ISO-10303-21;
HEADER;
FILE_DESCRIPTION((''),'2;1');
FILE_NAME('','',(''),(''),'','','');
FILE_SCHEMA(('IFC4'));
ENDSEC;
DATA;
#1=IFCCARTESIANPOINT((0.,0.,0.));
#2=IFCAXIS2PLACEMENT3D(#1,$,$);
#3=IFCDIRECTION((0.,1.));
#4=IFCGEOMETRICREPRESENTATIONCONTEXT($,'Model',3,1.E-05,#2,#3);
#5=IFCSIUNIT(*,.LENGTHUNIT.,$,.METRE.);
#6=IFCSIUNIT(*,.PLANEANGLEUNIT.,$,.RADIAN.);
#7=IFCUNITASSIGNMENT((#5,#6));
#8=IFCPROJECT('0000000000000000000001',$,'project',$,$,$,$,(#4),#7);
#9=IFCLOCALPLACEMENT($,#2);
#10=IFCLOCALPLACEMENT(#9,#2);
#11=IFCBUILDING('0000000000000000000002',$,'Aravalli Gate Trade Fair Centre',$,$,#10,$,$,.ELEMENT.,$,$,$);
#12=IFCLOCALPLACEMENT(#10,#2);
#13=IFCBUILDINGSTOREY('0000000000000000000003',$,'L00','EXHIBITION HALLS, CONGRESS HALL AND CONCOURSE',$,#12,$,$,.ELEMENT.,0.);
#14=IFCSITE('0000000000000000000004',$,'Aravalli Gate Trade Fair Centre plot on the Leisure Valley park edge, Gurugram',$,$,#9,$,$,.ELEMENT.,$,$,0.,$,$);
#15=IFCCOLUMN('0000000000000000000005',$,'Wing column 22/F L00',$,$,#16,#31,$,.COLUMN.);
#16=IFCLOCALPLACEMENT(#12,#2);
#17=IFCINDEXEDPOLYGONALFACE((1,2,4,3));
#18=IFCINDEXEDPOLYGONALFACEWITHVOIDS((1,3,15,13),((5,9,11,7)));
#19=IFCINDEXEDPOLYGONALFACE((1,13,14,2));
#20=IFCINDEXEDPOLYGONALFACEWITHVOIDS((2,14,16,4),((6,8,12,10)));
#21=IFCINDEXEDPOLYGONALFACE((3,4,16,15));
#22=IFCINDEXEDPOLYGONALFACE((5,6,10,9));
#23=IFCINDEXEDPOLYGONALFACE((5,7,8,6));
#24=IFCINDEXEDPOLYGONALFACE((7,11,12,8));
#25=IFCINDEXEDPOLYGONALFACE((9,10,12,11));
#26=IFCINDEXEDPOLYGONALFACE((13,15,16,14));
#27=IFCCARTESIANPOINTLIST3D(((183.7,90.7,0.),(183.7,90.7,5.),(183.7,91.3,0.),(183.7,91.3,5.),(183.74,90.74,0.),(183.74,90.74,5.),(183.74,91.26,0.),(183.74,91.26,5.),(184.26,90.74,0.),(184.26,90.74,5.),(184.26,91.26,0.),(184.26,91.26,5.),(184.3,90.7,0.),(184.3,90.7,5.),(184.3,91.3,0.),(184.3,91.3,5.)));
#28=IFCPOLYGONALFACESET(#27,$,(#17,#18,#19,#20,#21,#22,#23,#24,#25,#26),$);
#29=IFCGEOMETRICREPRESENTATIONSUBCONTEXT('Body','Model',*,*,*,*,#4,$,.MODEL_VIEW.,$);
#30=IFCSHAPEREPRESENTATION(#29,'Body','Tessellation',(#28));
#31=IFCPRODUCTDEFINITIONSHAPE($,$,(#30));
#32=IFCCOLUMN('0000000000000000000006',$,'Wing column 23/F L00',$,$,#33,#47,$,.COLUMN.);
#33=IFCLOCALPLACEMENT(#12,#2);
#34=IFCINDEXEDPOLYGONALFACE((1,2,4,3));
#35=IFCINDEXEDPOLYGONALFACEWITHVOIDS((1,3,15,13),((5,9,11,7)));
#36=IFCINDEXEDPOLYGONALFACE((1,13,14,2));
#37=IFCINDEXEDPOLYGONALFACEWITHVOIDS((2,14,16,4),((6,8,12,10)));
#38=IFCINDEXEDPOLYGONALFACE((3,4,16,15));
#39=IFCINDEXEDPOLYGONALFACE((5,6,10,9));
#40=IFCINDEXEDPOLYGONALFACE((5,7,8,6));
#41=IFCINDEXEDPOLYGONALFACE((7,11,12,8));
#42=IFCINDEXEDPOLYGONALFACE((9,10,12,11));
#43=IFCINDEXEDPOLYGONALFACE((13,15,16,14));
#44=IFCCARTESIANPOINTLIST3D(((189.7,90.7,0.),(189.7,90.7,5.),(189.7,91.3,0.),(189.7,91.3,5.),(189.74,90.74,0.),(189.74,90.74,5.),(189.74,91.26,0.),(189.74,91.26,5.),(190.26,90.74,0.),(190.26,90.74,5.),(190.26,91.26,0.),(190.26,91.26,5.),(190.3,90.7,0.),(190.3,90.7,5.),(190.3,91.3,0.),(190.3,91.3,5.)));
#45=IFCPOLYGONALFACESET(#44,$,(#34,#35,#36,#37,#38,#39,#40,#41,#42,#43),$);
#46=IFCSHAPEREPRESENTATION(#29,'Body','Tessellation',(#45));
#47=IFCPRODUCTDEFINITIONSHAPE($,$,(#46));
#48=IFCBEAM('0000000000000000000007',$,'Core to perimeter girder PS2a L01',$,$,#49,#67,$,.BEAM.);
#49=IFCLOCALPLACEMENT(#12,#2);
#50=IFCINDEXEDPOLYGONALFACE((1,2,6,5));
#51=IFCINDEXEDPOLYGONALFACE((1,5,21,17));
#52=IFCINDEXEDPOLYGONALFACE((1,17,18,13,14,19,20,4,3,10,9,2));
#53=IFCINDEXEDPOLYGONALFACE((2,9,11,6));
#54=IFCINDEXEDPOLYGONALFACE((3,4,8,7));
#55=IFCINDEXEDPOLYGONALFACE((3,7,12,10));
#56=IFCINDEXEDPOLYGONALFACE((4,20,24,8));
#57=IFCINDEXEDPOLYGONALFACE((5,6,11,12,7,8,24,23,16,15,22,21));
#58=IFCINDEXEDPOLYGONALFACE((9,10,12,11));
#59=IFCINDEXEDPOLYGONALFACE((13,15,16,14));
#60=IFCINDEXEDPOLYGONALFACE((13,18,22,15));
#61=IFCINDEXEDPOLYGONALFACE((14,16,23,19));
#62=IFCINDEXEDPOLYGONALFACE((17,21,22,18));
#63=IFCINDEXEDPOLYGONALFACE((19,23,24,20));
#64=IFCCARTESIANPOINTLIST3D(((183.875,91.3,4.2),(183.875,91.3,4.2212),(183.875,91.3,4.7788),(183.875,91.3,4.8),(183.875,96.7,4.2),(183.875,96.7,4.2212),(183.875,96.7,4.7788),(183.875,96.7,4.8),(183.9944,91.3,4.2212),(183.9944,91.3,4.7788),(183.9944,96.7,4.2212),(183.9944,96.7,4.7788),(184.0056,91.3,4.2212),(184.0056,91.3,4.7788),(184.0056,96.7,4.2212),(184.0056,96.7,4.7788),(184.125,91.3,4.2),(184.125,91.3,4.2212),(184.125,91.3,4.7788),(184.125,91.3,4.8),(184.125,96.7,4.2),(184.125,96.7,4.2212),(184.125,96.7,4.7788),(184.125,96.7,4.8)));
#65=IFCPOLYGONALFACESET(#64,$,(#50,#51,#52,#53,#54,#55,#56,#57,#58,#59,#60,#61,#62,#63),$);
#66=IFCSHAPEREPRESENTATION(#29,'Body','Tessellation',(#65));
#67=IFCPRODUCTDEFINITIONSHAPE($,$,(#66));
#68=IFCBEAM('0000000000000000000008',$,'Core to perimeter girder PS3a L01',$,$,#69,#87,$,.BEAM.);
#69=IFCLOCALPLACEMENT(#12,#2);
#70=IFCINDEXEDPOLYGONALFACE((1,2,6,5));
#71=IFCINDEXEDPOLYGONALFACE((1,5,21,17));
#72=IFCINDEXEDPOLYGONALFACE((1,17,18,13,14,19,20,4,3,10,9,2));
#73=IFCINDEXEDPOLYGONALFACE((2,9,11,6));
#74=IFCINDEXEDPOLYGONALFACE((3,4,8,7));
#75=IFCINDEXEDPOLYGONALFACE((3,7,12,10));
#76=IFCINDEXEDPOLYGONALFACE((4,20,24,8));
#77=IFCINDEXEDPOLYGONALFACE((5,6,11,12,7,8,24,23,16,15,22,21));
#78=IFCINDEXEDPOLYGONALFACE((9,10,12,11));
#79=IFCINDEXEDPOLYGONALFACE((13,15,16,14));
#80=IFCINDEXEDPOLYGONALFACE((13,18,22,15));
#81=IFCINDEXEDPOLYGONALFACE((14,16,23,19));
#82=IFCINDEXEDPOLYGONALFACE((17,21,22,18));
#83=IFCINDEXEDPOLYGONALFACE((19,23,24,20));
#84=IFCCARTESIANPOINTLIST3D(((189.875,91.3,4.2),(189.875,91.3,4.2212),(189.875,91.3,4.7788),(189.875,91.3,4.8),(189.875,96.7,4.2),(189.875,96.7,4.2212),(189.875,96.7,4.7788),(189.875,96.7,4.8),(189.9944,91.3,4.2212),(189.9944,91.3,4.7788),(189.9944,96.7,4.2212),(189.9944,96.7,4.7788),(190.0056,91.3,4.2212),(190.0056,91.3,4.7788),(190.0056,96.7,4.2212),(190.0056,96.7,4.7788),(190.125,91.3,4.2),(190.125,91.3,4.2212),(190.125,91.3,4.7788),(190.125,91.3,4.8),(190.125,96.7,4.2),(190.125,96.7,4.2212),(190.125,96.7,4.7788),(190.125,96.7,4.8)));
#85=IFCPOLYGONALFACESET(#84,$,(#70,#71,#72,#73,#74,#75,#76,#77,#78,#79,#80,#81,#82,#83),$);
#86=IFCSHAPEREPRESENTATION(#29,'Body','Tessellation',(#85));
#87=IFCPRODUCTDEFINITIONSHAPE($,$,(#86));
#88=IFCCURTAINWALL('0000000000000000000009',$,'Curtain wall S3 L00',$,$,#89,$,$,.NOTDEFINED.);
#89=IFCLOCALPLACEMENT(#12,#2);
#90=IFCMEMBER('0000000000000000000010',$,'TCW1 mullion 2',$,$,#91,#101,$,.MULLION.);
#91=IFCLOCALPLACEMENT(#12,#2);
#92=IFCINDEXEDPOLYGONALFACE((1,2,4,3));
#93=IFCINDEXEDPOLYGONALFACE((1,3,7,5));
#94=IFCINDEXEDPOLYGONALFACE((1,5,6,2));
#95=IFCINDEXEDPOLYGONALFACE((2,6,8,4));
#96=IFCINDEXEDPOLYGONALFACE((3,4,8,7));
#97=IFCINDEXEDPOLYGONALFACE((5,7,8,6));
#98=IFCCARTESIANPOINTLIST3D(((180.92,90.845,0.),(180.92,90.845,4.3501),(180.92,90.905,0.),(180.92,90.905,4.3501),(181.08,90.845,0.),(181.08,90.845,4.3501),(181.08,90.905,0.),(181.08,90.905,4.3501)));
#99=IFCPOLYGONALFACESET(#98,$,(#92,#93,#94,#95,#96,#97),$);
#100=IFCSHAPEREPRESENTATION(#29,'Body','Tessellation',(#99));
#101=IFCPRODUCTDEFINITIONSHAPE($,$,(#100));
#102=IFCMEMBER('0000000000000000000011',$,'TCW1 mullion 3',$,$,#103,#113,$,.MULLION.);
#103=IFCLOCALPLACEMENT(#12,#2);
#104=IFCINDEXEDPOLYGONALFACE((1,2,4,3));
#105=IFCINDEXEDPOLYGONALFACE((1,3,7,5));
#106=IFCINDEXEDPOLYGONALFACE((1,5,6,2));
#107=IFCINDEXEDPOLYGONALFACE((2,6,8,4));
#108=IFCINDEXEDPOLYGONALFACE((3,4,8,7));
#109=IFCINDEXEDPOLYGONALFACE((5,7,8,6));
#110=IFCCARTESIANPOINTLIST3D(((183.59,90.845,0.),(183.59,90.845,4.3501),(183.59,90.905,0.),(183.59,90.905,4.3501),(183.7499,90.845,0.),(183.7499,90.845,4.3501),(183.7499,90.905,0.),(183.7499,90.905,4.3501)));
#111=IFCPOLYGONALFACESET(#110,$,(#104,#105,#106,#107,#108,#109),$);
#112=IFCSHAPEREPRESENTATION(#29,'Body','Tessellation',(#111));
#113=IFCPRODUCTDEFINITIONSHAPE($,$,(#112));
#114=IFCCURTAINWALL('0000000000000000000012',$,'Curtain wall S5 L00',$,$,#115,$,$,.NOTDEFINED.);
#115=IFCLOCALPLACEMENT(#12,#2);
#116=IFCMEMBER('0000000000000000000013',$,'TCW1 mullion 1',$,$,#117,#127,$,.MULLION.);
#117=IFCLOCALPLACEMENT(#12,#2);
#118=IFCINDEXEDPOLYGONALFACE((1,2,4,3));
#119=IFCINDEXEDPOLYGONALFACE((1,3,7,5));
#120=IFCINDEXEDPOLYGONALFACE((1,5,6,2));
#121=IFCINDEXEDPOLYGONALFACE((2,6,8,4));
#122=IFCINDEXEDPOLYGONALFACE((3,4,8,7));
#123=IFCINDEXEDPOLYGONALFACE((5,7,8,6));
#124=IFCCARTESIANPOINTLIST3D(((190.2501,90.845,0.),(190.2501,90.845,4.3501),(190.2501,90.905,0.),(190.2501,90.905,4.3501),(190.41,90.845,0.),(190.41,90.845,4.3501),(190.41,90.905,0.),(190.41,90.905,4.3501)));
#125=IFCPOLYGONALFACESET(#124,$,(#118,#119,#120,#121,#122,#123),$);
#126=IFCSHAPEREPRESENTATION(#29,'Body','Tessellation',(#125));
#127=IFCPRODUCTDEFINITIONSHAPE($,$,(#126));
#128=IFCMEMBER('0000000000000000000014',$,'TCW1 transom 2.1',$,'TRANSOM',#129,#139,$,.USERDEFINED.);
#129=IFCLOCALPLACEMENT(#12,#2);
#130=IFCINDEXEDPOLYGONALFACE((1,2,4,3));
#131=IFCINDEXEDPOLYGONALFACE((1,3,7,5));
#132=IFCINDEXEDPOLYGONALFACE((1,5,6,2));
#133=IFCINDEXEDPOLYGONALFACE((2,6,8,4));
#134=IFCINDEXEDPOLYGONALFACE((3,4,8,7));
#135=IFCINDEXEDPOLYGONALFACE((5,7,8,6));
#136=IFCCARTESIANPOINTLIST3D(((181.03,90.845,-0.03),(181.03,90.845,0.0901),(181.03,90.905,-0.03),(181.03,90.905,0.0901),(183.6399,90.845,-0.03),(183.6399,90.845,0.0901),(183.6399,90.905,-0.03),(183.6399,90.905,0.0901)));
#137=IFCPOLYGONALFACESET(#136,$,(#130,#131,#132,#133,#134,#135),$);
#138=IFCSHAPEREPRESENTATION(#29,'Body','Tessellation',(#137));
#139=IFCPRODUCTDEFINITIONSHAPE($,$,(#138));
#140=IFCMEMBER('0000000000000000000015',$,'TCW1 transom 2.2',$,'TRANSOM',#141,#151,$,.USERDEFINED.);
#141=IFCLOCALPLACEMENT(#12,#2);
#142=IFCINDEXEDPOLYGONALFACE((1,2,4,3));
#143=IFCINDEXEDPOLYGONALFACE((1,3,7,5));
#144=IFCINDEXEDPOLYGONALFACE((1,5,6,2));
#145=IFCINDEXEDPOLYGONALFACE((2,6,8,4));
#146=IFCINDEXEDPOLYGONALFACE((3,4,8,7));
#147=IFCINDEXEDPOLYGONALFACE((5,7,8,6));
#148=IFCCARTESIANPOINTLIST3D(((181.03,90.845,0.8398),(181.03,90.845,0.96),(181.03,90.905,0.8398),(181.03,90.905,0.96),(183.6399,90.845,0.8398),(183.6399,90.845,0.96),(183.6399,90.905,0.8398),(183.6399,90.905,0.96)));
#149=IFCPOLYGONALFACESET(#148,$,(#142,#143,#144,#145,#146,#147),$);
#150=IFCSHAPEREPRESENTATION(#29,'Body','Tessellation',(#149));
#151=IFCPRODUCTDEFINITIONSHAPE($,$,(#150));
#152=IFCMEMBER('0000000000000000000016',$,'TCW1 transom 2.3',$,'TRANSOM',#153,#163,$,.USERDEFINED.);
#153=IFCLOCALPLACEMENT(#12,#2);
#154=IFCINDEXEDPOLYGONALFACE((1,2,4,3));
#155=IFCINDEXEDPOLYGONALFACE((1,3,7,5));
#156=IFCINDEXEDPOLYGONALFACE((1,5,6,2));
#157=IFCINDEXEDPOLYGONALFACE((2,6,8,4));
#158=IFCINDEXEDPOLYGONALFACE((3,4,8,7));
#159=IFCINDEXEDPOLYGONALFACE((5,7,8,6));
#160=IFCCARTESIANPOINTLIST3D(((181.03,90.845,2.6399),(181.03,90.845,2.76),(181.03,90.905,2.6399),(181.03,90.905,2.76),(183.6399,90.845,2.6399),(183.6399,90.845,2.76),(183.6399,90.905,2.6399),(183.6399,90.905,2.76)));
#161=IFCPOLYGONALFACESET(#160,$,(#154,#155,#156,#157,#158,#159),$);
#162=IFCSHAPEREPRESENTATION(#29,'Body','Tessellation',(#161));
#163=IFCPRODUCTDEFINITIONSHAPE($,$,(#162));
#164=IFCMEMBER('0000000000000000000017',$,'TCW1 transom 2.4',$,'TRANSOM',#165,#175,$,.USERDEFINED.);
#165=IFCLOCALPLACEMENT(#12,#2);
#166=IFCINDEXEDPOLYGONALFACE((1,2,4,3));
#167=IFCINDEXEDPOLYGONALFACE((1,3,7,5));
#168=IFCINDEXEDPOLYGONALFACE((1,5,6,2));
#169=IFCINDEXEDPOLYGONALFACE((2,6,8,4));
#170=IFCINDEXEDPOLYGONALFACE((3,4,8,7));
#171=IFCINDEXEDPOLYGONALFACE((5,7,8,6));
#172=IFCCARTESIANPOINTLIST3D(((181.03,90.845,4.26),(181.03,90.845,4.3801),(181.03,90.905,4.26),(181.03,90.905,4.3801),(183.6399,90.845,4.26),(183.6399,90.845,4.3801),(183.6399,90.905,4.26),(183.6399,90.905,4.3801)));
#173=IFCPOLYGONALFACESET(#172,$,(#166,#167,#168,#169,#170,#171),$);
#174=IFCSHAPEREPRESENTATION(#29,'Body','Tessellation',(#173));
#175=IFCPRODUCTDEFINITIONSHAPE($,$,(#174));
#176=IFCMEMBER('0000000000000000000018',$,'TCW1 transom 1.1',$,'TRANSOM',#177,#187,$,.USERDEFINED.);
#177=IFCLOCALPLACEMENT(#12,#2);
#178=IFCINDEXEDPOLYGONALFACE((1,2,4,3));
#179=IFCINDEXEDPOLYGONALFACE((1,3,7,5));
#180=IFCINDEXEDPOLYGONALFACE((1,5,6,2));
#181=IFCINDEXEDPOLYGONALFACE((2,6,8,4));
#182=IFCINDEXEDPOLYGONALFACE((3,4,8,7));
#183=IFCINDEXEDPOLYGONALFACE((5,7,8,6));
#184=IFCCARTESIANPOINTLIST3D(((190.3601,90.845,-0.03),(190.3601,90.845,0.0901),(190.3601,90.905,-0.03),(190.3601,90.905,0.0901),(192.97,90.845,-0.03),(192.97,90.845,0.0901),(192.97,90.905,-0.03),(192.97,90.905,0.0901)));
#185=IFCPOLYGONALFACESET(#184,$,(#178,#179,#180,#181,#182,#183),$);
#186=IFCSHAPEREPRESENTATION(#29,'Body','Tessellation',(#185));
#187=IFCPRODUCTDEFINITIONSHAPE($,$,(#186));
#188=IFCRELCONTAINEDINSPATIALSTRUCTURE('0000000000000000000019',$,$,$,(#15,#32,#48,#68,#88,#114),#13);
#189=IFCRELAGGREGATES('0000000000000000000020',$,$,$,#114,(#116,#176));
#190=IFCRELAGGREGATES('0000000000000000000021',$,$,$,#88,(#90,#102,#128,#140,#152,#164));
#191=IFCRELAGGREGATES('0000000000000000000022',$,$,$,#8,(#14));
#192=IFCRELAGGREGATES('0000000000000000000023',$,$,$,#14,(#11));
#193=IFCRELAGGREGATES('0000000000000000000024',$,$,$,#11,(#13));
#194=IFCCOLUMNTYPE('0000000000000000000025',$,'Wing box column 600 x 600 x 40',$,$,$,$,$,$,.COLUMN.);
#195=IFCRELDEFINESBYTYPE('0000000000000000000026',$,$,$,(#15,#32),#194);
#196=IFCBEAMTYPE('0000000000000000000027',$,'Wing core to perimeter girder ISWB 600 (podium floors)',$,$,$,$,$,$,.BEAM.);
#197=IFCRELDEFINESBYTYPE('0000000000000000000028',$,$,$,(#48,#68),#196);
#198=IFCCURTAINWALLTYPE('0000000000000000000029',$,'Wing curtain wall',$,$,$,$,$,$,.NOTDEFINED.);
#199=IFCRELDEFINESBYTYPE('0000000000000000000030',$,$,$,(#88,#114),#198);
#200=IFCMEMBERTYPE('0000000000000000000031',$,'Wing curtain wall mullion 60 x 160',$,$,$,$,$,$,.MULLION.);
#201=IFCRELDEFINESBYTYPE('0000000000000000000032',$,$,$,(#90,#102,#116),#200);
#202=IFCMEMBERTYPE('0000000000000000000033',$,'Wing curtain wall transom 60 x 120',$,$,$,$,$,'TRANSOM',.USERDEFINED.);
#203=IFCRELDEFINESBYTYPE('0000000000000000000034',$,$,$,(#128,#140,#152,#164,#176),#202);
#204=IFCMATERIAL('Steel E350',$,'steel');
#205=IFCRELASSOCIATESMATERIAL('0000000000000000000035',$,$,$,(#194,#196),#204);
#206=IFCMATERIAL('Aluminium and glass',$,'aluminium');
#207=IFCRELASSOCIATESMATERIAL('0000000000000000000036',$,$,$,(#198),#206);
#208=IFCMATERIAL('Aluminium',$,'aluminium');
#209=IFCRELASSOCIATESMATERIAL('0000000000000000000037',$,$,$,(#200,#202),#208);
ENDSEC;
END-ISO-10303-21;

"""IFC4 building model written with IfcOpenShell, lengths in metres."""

from ifc_helpers import new_model, si_unit, direction, frame, origin, origin_2d, place, context, subcontext, project, spatial, rectangle, hollow_rectangle, i_section, extrude, material, material_profile, profile_set, type_object, element, aggregate, save


model = new_model("IFC4")

# Units and contexts
model_context = context("Model", 3, precision=1e-05, world=origin(), true_north=direction((0.0, 1.0)))
body_context = subcontext(model_context, "Body", "Model", "MODEL_VIEW")
ifc_project = project(units=[si_unit("LENGTHUNIT", "METRE"), si_unit("PLANEANGLEUNIT", "RADIAN")], contexts=[model_context])

# Site, building, storey
site_placement = place(None, origin())
site = spatial("IfcSite", under=ifc_project, at=site_placement, Name="Aravalli Gate Trade Fair Centre plot on the Leisure Valley park edge, Gurugram", CompositionType="ELEMENT", RefElevation=0.0)
building_placement = place(site_placement, origin())
building = spatial("IfcBuilding", under=site, at=building_placement, Name="Aravalli Gate Trade Fair Centre", CompositionType="ELEMENT")
storey_placement = place(building_placement, origin())
storey = spatial("IfcBuildingStorey", under=building, at=storey_placement, Name="L00", Description="EXHIBITION HALLS, CONGRESS HALL AND CONCOURSE", CompositionType="ELEMENT", Elevation=0.0)

# Columns
ifc_material_1 = material(Name="Steel E350", Category="steel")
ifc_material_profile_1 = material_profile(ifc_material_1, hollow_rectangle(XDim=0.6001, YDim=0.6001, WallThickness=0.04, at=origin_2d()), Name="BOX 600x600x40")
ifc_profile_set_1 = profile_set([ifc_material_profile_1], Name="Steel E350")
column_type = type_object("IfcColumnType", Name="Wing box column 600 x 600 x 40", PredefinedType="COLUMN", material=ifc_profile_set_1)
for number, where, z_axis, x_axis, name in (
    (1, (184.0, 91.0, 0.0), (0.0, 0.0, 1.0), (1.0, 0.0, 0.0), "Wing column 22/F L00"),
    (2, (190.0, 91.0, 0.0), (0.0, 0.0, 1.0), (1.0, 0.0, 0.0), "Wing column 23/F L00"),
):
    element("IfcColumn", number, at=place(storey_placement, frame(where, z_axis=z_axis, x_axis=x_axis)), inside=storey, type_object=column_type, Name=name, PredefinedType="COLUMN", context=body_context, shape_type="SweptSolid", body=[
        extrude(hollow_rectangle(XDim=0.6001, YDim=0.6001, WallThickness=0.04, at=origin_2d()), origin(), (0.0, 0.0, 1.0), 5.0),
    ])

# Beams
ifc_material_profile_2 = material_profile(ifc_material_1, i_section(OverallWidth=0.25, OverallDepth=0.6001, WebThickness=0.0112, FlangeThickness=0.0212, at=origin_2d()), Name="ISWB 600")
ifc_profile_set_2 = profile_set([ifc_material_profile_2], Name="Steel E350")
beam_type_1 = type_object("IfcBeamType", Name="Wing core to perimeter girder ISWB 600 (podium floors)", PredefinedType="BEAM", material=ifc_profile_set_2)
for number, where, z_axis, x_axis, name in (
    (3, (184.0, 91.3, 4.5), (0.0, 1.0, 0.0), (-1.0, 0.0, 0.0), "Core to perimeter girder PS2a L01"),
    (4, (190.0, 91.3, 4.5), (0.0, 1.0, 0.0), (-1.0, 0.0, 0.0), "Core to perimeter girder PS3a L01"),
):
    element("IfcBeam", number, at=place(storey_placement, frame(where, z_axis=z_axis, x_axis=x_axis)), inside=storey, type_object=beam_type_1, Name=name, PredefinedType="BEAM", context=body_context, shape_type="SweptSolid", body=[
        extrude(i_section(OverallWidth=0.25, OverallDepth=0.6001, WebThickness=0.0112, FlangeThickness=0.0212, at=origin_2d()), origin(), (0.0, 0.0, 1.0), 5.3999),
    ])

# Curtain wall, members
ifc_material_2 = material(Name="Aluminium and glass", Category="aluminium")
curtain_wall_type = type_object("IfcCurtainWallType", Name="Wing curtain wall", PredefinedType="NOTDEFINED", material=ifc_material_2)
curtain_wall_1_placement = place(storey_placement, origin())
curtain_wall_1 = element("IfcCurtainWall", 5, at=curtain_wall_1_placement, inside=storey, type_object=curtain_wall_type, Name="Curtain wall S3 L00", PredefinedType="NOTDEFINED")
ifc_material_3 = material(Name="Aluminium", Category="aluminium")
ifc_material_profile_3 = material_profile(ifc_material_3, rectangle(XDim=0.0601, YDim=0.1599, at=origin_2d()), Name="Wing curtain wall mullion 60 x 160")
ifc_profile_set_3 = profile_set([ifc_material_profile_3], Name="Aluminium")
member_type_1 = type_object("IfcMemberType", Name="Wing curtain wall mullion 60 x 160", PredefinedType="MULLION", material=ifc_profile_set_3)
member_1_placement = place(storey_placement, frame((181.0, 90.875, 0.0), z_axis=(0.0, 0.0, 1.0), x_axis=(0.0, 1.0, 0.0)))
member_1 = element("IfcMember", 6, at=member_1_placement, type_object=member_type_1, Name="TCW1 mullion 2", PredefinedType="MULLION", context=body_context, shape_type="SweptSolid", body=[
    extrude(rectangle(XDim=0.0601, YDim=0.1599, at=origin_2d()), origin(), (0.0, 0.0, 1.0), 4.3501),
])
member_2_placement = place(storey_placement, frame((183.6699, 90.875, 0.0), z_axis=(0.0, 0.0, 1.0), x_axis=(0.0, 1.0, 0.0)))
member_2 = element("IfcMember", 7, at=member_2_placement, type_object=member_type_1, Name="TCW1 mullion 3", PredefinedType="MULLION", context=body_context, shape_type="SweptSolid", body=[
    extrude(rectangle(XDim=0.0601, YDim=0.1599, at=origin_2d()), origin(), (0.0, 0.0, 1.0), 4.3501),
])

# Curtain wall, member
curtain_wall_2_placement = place(storey_placement, origin())
curtain_wall_2 = element("IfcCurtainWall", 8, at=curtain_wall_2_placement, inside=storey, type_object=curtain_wall_type, Name="Curtain wall S5 L00", PredefinedType="NOTDEFINED")
member_3_placement = place(storey_placement, frame((190.3301, 90.875, 0.0), z_axis=(0.0, 0.0, 1.0), x_axis=(0.0, 1.0, 0.0)))
member_3 = element("IfcMember", 9, at=member_3_placement, type_object=member_type_1, Name="TCW1 mullion 1", PredefinedType="MULLION", context=body_context, shape_type="SweptSolid", body=[
    extrude(rectangle(XDim=0.0601, YDim=0.1599, at=origin_2d()), origin(), (0.0, 0.0, 1.0), 4.3501),
])

# Members
ifc_material_profile_4 = material_profile(ifc_material_3, rectangle(XDim=0.0601, YDim=0.1201, at=origin_2d()), Name="Wing curtain wall transom 60 x 120")
ifc_profile_set_4 = profile_set([ifc_material_profile_4], Name="Aluminium")
member_type_2 = type_object("IfcMemberType", Name="Wing curtain wall transom 60 x 120", ElementType="TRANSOM", PredefinedType="USERDEFINED", material=ifc_profile_set_4)
member_4_placement = place(storey_placement, frame((181.03, 90.875, 0.03), z_axis=(1.0, 0.0, 0.0), x_axis=(0.0, 1.0, 0.0)))
member_4 = element("IfcMember", 10, at=member_4_placement, type_object=member_type_2, Name="TCW1 transom 2.1", ObjectType="TRANSOM", PredefinedType="USERDEFINED", context=body_context, shape_type="SweptSolid", body=[
    extrude(rectangle(XDim=0.0601, YDim=0.1201, at=origin_2d()), origin(), (0.0, 0.0, 1.0), 2.6099),
])
member_5_placement = place(storey_placement, frame((181.03, 90.875, 0.8999), z_axis=(1.0, 0.0, 0.0), x_axis=(0.0, 1.0, 0.0)))
member_5 = element("IfcMember", 11, at=member_5_placement, type_object=member_type_2, Name="TCW1 transom 2.2", ObjectType="TRANSOM", PredefinedType="USERDEFINED", context=body_context, shape_type="SweptSolid", body=[
    extrude(rectangle(XDim=0.0601, YDim=0.1201, at=origin_2d()), origin(), (0.0, 0.0, 1.0), 2.6099),
])
member_6_placement = place(storey_placement, frame((181.03, 90.875, 2.7), z_axis=(1.0, 0.0, 0.0), x_axis=(0.0, 1.0, 0.0)))
member_6 = element("IfcMember", 12, at=member_6_placement, type_object=member_type_2, Name="TCW1 transom 2.3", ObjectType="TRANSOM", PredefinedType="USERDEFINED", context=body_context, shape_type="SweptSolid", body=[
    extrude(rectangle(XDim=0.0601, YDim=0.1201, at=origin_2d()), origin(), (0.0, 0.0, 1.0), 2.6099),
])
member_7_placement = place(storey_placement, frame((181.03, 90.875, 4.3201), z_axis=(1.0, 0.0, 0.0), x_axis=(0.0, 1.0, 0.0)))
member_7 = element("IfcMember", 13, at=member_7_placement, type_object=member_type_2, Name="TCW1 transom 2.4", ObjectType="TRANSOM", PredefinedType="USERDEFINED", context=body_context, shape_type="SweptSolid", body=[
    extrude(rectangle(XDim=0.0601, YDim=0.1201, at=origin_2d()), origin(), (0.0, 0.0, 1.0), 2.6099),
])
member_8_placement = place(storey_placement, frame((190.3601, 90.875, 0.03), z_axis=(1.0, 0.0, 0.0), x_axis=(0.0, 1.0, 0.0)))
member_8 = element("IfcMember", 14, at=member_8_placement, type_object=member_type_2, Name="TCW1 transom 1.1", ObjectType="TRANSOM", PredefinedType="USERDEFINED", context=body_context, shape_type="SweptSolid", body=[
    extrude(rectangle(XDim=0.0601, YDim=0.1201, at=origin_2d()), origin(), (0.0, 0.0, 1.0), 2.6099),
])
aggregate(curtain_wall_2, [member_3, member_8])

aggregate(curtain_wall_1, [member_1, member_2, member_4, member_5, member_6, member_7])

save(model, "model.ifc")
